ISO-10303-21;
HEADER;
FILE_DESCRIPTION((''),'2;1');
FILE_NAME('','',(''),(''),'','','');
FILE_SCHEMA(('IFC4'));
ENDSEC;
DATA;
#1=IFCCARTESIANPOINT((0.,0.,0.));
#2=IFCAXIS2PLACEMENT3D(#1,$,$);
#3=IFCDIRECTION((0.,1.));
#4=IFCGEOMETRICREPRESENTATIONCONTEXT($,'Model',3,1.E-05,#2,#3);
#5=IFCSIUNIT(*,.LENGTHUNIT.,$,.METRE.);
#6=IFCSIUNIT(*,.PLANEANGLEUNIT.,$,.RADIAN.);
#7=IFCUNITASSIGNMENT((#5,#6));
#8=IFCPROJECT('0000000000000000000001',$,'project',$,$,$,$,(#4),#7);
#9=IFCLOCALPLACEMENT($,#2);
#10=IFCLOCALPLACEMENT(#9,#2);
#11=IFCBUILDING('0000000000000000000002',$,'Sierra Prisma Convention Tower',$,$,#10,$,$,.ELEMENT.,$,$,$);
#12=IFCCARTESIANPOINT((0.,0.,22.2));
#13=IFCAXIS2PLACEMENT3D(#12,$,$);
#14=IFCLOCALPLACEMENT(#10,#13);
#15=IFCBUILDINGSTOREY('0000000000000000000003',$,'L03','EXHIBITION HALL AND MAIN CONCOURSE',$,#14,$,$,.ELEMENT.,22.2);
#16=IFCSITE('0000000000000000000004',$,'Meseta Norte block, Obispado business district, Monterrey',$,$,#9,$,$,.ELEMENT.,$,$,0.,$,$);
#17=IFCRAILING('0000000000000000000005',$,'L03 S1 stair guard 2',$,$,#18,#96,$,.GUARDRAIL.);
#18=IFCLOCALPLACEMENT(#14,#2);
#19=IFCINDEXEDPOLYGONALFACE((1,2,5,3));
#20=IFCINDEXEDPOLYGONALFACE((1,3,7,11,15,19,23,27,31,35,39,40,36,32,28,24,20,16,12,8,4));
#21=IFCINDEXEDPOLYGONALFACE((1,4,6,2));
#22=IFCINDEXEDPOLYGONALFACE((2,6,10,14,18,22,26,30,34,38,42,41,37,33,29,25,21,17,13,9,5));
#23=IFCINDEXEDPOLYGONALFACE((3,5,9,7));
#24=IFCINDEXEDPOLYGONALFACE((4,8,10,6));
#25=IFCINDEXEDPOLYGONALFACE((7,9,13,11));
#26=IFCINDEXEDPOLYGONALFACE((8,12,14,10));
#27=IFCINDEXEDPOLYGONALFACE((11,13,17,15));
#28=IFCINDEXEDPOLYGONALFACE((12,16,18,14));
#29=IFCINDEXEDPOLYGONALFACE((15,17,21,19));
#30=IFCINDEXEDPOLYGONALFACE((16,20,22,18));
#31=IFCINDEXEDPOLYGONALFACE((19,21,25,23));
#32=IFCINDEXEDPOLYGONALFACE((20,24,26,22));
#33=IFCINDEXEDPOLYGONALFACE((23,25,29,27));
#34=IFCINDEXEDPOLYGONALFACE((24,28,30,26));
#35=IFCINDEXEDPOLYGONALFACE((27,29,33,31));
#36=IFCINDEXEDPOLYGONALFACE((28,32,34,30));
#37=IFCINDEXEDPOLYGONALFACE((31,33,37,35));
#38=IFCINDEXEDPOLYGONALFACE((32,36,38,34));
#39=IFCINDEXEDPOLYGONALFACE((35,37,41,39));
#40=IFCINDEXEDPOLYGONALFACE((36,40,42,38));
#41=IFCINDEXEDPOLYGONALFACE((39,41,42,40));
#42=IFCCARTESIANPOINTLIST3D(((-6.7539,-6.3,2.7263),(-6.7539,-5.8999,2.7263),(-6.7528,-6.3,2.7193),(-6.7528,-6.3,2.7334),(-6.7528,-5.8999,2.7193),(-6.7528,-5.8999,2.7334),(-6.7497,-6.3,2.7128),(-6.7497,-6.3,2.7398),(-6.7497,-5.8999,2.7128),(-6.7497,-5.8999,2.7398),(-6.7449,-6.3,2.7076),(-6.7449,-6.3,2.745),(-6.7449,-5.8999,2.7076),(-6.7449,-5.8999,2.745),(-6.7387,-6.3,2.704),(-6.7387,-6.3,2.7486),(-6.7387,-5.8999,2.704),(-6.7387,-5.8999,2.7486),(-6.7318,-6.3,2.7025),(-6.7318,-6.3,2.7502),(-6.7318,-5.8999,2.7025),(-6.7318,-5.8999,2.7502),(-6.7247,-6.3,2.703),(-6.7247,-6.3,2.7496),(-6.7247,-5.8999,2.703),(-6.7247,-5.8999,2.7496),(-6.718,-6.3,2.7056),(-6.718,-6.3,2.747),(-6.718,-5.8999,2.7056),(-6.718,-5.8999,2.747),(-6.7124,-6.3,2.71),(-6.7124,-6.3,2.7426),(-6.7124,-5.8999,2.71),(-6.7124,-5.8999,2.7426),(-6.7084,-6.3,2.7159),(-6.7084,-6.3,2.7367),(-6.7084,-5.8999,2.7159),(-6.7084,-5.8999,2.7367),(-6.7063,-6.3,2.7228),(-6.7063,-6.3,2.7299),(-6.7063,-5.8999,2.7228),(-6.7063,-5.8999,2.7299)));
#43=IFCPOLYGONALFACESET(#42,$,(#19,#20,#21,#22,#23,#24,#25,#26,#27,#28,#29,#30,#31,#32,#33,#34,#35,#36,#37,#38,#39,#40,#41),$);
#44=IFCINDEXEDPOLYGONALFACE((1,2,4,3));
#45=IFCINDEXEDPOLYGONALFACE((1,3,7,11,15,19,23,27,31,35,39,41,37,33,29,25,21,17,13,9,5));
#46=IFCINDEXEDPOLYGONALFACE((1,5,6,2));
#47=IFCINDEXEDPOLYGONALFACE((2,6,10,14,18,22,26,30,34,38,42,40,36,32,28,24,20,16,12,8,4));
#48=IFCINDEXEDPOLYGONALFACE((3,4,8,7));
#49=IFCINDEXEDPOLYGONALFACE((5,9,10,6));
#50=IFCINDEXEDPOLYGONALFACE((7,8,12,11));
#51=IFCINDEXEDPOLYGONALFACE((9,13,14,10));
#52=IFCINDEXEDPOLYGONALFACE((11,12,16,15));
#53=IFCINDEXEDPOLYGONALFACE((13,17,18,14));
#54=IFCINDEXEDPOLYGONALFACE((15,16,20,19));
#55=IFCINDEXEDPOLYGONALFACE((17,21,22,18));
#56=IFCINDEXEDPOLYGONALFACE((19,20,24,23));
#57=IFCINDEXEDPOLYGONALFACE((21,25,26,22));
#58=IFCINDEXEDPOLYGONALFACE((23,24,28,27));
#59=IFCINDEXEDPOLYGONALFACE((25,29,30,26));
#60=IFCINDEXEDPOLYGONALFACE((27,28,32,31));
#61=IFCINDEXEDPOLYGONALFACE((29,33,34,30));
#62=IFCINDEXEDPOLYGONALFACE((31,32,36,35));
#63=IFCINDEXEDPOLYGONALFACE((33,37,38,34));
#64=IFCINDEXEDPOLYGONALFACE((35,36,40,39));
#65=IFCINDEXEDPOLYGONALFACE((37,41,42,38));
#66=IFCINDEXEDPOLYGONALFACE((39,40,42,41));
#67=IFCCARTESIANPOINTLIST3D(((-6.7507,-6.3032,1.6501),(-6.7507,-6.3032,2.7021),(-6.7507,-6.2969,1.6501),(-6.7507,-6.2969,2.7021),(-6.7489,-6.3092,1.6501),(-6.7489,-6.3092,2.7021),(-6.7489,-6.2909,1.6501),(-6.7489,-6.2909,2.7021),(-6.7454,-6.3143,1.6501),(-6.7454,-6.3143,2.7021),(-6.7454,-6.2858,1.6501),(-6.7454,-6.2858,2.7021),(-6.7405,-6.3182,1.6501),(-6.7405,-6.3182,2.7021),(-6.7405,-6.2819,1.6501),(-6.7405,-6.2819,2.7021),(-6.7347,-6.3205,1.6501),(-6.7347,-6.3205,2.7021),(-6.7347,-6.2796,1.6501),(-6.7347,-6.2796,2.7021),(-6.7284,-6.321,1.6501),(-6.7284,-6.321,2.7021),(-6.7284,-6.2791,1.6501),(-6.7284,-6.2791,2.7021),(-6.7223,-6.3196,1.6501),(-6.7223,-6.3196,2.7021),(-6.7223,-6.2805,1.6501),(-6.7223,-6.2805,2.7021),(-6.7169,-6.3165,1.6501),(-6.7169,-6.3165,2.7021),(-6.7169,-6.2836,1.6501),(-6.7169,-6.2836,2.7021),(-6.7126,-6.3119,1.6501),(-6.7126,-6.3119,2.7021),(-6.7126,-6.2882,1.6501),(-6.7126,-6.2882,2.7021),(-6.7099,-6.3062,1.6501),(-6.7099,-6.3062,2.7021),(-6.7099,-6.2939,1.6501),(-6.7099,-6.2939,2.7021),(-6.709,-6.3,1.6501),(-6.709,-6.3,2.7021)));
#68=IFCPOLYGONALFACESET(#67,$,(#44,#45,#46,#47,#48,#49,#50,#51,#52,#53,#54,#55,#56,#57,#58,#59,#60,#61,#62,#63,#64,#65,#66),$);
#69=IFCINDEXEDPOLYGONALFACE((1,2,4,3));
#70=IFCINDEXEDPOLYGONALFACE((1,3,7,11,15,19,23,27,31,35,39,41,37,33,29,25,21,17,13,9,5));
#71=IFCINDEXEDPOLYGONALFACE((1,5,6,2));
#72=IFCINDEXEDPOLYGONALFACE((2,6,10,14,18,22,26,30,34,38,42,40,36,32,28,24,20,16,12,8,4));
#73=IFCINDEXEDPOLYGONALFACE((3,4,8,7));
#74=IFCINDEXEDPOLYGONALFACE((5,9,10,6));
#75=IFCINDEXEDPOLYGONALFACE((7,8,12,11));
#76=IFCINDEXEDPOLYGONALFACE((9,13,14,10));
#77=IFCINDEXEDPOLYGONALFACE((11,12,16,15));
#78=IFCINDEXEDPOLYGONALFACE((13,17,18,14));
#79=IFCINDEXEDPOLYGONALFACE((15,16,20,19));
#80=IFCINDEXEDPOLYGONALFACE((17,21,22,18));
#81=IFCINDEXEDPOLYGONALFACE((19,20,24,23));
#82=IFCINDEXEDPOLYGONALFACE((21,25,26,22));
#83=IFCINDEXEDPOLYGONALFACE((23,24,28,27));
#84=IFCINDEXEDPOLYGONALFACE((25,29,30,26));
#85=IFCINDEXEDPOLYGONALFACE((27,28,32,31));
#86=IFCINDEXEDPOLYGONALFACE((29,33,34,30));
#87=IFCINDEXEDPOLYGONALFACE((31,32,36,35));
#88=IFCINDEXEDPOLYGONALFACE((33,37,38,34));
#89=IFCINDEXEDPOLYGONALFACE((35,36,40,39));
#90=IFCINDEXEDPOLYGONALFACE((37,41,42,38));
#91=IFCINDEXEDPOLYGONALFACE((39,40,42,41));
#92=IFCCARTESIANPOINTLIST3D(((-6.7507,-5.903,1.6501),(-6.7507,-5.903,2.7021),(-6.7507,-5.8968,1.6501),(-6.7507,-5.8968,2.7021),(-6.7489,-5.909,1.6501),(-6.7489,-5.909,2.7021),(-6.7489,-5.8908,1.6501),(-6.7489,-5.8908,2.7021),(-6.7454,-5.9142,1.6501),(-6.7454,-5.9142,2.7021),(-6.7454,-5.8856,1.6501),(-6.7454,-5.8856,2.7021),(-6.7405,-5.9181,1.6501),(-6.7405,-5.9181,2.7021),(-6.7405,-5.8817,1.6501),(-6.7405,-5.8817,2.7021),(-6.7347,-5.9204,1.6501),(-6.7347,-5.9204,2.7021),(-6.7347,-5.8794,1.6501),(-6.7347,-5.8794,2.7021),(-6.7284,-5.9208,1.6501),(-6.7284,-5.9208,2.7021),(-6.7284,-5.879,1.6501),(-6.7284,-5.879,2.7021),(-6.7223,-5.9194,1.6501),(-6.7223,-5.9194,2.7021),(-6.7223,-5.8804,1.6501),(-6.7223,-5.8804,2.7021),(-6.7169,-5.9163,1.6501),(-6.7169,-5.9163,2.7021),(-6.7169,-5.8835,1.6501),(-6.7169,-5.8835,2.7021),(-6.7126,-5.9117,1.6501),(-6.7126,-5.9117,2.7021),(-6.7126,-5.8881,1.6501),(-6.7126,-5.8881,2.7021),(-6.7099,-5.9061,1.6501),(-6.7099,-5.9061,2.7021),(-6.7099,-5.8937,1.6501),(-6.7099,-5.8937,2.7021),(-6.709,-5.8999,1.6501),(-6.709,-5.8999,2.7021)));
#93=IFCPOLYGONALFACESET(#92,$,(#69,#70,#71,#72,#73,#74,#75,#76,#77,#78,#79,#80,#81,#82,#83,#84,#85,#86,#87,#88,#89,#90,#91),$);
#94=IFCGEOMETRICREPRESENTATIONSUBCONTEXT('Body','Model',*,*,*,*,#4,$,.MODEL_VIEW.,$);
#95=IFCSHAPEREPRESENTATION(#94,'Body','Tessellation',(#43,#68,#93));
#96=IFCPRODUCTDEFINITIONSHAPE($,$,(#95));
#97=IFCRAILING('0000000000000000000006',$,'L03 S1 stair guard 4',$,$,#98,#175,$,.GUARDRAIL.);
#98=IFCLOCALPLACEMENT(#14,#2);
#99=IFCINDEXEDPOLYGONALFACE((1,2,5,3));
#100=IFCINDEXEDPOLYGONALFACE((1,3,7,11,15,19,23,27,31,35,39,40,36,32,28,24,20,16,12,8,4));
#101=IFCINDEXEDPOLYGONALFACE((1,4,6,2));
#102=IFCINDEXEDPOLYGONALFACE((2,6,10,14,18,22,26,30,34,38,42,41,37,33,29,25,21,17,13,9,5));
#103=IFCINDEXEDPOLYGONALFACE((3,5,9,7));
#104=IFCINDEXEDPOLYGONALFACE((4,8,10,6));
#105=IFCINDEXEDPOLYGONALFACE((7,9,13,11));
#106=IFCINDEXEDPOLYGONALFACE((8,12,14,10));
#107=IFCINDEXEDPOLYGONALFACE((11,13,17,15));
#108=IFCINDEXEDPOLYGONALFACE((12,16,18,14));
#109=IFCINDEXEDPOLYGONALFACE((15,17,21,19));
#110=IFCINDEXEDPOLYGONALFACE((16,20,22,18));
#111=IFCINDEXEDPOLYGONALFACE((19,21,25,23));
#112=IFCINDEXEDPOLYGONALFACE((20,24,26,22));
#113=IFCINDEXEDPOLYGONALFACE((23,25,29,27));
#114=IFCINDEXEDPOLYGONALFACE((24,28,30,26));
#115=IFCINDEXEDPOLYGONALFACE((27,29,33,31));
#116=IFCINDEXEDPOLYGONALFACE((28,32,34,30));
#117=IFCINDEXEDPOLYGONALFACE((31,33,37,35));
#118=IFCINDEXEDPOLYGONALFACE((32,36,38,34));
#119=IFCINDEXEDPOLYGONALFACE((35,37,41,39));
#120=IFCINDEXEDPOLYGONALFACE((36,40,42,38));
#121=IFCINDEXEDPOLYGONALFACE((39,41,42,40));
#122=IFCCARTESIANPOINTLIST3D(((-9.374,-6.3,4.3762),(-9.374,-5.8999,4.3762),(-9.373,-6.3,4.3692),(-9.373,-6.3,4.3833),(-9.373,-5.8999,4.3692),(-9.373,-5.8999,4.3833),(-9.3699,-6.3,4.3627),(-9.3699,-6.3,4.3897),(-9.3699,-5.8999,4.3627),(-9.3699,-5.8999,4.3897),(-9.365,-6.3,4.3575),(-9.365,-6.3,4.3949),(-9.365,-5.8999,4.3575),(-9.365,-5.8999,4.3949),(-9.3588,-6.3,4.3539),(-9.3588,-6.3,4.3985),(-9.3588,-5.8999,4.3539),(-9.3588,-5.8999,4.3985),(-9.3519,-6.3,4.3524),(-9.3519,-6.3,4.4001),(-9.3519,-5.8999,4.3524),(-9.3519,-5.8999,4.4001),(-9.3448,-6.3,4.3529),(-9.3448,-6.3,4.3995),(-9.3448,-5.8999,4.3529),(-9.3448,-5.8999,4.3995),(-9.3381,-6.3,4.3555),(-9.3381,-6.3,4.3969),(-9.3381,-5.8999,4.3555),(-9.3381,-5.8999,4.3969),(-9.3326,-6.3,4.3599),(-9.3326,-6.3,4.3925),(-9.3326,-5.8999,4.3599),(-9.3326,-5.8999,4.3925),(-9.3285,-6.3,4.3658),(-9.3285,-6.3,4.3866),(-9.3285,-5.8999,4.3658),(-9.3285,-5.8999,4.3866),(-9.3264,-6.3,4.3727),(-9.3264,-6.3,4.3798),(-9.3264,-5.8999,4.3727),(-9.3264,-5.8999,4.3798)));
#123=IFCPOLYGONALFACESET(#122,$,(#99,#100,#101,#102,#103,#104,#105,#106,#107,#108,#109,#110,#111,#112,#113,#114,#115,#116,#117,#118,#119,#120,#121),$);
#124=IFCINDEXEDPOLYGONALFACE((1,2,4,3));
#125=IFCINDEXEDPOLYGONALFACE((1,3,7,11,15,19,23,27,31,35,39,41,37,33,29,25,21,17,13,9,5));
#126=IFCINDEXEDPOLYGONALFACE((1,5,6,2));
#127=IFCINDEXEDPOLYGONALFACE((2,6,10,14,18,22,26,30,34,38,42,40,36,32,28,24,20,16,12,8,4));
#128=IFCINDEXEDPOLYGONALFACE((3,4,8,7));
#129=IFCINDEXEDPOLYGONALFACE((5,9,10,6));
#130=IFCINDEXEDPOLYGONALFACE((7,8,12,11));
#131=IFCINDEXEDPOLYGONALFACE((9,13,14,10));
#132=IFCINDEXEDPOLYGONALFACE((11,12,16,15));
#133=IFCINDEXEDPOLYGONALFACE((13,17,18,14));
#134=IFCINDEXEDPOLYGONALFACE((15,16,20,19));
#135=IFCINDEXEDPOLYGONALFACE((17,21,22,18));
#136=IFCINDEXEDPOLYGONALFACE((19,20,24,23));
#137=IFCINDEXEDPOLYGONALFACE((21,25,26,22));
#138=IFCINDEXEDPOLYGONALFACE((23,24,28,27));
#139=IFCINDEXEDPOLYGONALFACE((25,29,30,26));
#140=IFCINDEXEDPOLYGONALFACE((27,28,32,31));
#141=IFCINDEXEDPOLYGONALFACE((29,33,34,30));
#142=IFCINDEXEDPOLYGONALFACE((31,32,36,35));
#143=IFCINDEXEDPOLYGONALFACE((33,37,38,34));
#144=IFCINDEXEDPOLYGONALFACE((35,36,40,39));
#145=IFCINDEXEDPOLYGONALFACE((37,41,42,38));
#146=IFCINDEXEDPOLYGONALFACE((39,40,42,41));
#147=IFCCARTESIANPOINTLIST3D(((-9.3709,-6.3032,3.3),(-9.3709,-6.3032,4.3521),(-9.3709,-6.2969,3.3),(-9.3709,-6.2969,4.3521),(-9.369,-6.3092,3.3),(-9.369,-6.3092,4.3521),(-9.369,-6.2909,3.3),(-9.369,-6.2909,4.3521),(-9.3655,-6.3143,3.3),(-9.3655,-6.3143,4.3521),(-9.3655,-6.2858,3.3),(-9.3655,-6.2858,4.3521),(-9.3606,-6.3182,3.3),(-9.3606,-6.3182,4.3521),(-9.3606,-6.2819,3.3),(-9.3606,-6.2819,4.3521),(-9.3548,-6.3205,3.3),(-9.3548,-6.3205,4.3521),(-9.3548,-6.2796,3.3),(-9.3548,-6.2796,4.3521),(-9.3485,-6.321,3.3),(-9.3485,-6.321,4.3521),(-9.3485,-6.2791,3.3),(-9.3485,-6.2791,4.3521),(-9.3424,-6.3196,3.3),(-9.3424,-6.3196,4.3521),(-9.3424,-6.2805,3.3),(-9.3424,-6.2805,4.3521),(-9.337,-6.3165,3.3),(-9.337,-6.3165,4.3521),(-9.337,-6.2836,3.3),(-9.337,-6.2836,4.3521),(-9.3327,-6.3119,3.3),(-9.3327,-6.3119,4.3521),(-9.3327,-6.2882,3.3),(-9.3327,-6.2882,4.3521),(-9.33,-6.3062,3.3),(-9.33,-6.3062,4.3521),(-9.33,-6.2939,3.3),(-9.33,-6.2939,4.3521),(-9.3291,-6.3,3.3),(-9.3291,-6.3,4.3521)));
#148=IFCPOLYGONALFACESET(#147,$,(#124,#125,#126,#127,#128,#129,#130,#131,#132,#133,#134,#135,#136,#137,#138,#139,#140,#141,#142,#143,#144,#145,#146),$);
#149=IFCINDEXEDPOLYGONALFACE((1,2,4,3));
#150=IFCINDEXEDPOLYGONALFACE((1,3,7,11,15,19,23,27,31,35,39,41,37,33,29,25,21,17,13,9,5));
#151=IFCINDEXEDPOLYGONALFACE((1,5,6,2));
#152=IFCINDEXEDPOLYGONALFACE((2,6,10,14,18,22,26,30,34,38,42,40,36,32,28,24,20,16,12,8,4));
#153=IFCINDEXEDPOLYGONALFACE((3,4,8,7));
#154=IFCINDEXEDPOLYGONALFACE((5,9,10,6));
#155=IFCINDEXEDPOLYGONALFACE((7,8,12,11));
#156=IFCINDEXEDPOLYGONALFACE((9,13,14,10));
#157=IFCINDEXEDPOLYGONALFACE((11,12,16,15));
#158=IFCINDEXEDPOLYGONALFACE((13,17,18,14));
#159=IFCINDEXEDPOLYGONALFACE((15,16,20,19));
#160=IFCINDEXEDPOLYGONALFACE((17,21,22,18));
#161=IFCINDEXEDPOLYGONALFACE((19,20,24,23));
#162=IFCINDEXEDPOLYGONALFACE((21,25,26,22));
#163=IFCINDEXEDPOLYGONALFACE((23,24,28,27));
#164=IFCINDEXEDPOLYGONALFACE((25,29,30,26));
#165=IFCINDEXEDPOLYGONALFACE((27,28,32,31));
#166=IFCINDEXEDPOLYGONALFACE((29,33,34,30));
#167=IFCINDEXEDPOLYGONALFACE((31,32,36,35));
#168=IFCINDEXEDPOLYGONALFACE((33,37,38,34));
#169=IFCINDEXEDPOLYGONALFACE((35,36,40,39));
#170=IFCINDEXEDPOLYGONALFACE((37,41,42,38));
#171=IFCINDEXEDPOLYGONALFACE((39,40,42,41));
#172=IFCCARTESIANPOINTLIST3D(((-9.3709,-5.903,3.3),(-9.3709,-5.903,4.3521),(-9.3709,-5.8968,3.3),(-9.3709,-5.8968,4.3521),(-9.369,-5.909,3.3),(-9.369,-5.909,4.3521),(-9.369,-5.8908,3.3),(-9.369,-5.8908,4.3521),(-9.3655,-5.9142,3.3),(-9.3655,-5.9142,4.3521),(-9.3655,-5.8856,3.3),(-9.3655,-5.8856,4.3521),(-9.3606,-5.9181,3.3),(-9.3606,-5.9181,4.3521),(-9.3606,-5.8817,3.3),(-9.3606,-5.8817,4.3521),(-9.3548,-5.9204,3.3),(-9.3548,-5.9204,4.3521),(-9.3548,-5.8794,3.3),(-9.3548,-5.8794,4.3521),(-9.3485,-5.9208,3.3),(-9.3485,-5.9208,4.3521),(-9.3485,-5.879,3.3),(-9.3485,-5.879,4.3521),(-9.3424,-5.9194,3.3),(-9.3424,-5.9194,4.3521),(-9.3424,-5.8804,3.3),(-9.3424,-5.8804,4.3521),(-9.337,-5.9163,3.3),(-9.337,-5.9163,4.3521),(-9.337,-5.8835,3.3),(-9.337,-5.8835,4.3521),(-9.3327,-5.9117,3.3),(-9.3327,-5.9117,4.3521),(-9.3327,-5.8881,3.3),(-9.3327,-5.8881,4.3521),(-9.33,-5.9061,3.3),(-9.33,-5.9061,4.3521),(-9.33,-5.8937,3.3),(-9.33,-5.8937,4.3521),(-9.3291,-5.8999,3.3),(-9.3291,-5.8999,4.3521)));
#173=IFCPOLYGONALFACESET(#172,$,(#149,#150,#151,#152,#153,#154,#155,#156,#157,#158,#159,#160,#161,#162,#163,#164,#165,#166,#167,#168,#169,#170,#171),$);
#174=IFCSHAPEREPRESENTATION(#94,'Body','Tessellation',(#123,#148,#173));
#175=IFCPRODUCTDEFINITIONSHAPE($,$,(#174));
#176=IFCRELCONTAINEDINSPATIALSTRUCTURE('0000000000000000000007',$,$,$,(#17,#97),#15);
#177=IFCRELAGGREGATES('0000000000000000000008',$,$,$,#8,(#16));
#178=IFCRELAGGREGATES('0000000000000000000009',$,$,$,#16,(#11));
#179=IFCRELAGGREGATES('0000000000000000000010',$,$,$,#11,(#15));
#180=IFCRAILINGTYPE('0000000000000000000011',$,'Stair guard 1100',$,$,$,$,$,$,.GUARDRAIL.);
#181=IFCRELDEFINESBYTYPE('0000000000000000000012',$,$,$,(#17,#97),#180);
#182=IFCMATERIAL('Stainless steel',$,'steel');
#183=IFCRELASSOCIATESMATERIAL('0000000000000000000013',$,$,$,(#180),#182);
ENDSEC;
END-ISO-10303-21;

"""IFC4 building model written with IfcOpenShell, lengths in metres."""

from ifc_helpers import new_model, si_unit, direction, frame, origin, origin_2d, place, context, subcontext, project, spatial, circle, extrude, material, type_object, element, save


model = new_model("IFC4")

# Units and contexts
model_context = context("Model", 3, precision=1e-05, world=origin(), true_north=direction((0.0, 1.0)))
body_context = subcontext(model_context, "Body", "Model", "MODEL_VIEW")
ifc_project = project(units=[si_unit("LENGTHUNIT", "METRE"), si_unit("PLANEANGLEUNIT", "RADIAN")], contexts=[model_context])

# Site, building, storey
site_placement = place(None, origin())
site = spatial("IfcSite", under=ifc_project, at=site_placement, Name="Meseta Norte block, Obispado business district, Monterrey", CompositionType="ELEMENT", RefElevation=0.0)
building_placement = place(site_placement, origin())
building = spatial("IfcBuilding", under=site, at=building_placement, Name="Sierra Prisma Convention Tower", CompositionType="ELEMENT")
storey_placement = place(building_placement, frame((0.0, 0.0, 22.2)))
storey = spatial("IfcBuildingStorey", under=building, at=storey_placement, Name="L03", Description="EXHIBITION HALL AND MAIN CONCOURSE", CompositionType="ELEMENT", Elevation=22.2)

# Railings
ifc_material_1 = material(Name="Stainless steel", Category="steel")
railing_type_1 = type_object("IfcRailingType", Name="Stair guard 1100", PredefinedType="GUARDRAIL", material=ifc_material_1)
for number, where, name in (
    (1, (-6.73, -6.3, 1.6501), "L03 S1 stair guard 2"),
    (2, (-9.3501, -6.3, 3.3), "L03 S1 stair guard 4"),
):
    element("IfcRailing", number, at=place(storey_placement, frame(where)), inside=storey, type_object=railing_type_1, Name=name, PredefinedType="GUARDRAIL", context=body_context, shape_type="SweptSolid", body=[
        extrude(circle(Radius=0.0239, at=origin_2d()), frame((0.0, 0.0, 1.0762), z_axis=(0.0, 1.0, 0.0), x_axis=(-1.0, 0.0, 0.0)), (0.0, 0.0, 1.0), 0.4001),
        extrude(circle(Radius=0.021, at=origin_2d()), origin(), (0.0, 0.0, 1.0), 1.052),
        extrude(circle(Radius=0.021, at=origin_2d()), frame((0.0, 0.4001, 0.0)), (0.0, 0.0, 1.0), 1.052),
    ])

save(model, "model.ifc")
